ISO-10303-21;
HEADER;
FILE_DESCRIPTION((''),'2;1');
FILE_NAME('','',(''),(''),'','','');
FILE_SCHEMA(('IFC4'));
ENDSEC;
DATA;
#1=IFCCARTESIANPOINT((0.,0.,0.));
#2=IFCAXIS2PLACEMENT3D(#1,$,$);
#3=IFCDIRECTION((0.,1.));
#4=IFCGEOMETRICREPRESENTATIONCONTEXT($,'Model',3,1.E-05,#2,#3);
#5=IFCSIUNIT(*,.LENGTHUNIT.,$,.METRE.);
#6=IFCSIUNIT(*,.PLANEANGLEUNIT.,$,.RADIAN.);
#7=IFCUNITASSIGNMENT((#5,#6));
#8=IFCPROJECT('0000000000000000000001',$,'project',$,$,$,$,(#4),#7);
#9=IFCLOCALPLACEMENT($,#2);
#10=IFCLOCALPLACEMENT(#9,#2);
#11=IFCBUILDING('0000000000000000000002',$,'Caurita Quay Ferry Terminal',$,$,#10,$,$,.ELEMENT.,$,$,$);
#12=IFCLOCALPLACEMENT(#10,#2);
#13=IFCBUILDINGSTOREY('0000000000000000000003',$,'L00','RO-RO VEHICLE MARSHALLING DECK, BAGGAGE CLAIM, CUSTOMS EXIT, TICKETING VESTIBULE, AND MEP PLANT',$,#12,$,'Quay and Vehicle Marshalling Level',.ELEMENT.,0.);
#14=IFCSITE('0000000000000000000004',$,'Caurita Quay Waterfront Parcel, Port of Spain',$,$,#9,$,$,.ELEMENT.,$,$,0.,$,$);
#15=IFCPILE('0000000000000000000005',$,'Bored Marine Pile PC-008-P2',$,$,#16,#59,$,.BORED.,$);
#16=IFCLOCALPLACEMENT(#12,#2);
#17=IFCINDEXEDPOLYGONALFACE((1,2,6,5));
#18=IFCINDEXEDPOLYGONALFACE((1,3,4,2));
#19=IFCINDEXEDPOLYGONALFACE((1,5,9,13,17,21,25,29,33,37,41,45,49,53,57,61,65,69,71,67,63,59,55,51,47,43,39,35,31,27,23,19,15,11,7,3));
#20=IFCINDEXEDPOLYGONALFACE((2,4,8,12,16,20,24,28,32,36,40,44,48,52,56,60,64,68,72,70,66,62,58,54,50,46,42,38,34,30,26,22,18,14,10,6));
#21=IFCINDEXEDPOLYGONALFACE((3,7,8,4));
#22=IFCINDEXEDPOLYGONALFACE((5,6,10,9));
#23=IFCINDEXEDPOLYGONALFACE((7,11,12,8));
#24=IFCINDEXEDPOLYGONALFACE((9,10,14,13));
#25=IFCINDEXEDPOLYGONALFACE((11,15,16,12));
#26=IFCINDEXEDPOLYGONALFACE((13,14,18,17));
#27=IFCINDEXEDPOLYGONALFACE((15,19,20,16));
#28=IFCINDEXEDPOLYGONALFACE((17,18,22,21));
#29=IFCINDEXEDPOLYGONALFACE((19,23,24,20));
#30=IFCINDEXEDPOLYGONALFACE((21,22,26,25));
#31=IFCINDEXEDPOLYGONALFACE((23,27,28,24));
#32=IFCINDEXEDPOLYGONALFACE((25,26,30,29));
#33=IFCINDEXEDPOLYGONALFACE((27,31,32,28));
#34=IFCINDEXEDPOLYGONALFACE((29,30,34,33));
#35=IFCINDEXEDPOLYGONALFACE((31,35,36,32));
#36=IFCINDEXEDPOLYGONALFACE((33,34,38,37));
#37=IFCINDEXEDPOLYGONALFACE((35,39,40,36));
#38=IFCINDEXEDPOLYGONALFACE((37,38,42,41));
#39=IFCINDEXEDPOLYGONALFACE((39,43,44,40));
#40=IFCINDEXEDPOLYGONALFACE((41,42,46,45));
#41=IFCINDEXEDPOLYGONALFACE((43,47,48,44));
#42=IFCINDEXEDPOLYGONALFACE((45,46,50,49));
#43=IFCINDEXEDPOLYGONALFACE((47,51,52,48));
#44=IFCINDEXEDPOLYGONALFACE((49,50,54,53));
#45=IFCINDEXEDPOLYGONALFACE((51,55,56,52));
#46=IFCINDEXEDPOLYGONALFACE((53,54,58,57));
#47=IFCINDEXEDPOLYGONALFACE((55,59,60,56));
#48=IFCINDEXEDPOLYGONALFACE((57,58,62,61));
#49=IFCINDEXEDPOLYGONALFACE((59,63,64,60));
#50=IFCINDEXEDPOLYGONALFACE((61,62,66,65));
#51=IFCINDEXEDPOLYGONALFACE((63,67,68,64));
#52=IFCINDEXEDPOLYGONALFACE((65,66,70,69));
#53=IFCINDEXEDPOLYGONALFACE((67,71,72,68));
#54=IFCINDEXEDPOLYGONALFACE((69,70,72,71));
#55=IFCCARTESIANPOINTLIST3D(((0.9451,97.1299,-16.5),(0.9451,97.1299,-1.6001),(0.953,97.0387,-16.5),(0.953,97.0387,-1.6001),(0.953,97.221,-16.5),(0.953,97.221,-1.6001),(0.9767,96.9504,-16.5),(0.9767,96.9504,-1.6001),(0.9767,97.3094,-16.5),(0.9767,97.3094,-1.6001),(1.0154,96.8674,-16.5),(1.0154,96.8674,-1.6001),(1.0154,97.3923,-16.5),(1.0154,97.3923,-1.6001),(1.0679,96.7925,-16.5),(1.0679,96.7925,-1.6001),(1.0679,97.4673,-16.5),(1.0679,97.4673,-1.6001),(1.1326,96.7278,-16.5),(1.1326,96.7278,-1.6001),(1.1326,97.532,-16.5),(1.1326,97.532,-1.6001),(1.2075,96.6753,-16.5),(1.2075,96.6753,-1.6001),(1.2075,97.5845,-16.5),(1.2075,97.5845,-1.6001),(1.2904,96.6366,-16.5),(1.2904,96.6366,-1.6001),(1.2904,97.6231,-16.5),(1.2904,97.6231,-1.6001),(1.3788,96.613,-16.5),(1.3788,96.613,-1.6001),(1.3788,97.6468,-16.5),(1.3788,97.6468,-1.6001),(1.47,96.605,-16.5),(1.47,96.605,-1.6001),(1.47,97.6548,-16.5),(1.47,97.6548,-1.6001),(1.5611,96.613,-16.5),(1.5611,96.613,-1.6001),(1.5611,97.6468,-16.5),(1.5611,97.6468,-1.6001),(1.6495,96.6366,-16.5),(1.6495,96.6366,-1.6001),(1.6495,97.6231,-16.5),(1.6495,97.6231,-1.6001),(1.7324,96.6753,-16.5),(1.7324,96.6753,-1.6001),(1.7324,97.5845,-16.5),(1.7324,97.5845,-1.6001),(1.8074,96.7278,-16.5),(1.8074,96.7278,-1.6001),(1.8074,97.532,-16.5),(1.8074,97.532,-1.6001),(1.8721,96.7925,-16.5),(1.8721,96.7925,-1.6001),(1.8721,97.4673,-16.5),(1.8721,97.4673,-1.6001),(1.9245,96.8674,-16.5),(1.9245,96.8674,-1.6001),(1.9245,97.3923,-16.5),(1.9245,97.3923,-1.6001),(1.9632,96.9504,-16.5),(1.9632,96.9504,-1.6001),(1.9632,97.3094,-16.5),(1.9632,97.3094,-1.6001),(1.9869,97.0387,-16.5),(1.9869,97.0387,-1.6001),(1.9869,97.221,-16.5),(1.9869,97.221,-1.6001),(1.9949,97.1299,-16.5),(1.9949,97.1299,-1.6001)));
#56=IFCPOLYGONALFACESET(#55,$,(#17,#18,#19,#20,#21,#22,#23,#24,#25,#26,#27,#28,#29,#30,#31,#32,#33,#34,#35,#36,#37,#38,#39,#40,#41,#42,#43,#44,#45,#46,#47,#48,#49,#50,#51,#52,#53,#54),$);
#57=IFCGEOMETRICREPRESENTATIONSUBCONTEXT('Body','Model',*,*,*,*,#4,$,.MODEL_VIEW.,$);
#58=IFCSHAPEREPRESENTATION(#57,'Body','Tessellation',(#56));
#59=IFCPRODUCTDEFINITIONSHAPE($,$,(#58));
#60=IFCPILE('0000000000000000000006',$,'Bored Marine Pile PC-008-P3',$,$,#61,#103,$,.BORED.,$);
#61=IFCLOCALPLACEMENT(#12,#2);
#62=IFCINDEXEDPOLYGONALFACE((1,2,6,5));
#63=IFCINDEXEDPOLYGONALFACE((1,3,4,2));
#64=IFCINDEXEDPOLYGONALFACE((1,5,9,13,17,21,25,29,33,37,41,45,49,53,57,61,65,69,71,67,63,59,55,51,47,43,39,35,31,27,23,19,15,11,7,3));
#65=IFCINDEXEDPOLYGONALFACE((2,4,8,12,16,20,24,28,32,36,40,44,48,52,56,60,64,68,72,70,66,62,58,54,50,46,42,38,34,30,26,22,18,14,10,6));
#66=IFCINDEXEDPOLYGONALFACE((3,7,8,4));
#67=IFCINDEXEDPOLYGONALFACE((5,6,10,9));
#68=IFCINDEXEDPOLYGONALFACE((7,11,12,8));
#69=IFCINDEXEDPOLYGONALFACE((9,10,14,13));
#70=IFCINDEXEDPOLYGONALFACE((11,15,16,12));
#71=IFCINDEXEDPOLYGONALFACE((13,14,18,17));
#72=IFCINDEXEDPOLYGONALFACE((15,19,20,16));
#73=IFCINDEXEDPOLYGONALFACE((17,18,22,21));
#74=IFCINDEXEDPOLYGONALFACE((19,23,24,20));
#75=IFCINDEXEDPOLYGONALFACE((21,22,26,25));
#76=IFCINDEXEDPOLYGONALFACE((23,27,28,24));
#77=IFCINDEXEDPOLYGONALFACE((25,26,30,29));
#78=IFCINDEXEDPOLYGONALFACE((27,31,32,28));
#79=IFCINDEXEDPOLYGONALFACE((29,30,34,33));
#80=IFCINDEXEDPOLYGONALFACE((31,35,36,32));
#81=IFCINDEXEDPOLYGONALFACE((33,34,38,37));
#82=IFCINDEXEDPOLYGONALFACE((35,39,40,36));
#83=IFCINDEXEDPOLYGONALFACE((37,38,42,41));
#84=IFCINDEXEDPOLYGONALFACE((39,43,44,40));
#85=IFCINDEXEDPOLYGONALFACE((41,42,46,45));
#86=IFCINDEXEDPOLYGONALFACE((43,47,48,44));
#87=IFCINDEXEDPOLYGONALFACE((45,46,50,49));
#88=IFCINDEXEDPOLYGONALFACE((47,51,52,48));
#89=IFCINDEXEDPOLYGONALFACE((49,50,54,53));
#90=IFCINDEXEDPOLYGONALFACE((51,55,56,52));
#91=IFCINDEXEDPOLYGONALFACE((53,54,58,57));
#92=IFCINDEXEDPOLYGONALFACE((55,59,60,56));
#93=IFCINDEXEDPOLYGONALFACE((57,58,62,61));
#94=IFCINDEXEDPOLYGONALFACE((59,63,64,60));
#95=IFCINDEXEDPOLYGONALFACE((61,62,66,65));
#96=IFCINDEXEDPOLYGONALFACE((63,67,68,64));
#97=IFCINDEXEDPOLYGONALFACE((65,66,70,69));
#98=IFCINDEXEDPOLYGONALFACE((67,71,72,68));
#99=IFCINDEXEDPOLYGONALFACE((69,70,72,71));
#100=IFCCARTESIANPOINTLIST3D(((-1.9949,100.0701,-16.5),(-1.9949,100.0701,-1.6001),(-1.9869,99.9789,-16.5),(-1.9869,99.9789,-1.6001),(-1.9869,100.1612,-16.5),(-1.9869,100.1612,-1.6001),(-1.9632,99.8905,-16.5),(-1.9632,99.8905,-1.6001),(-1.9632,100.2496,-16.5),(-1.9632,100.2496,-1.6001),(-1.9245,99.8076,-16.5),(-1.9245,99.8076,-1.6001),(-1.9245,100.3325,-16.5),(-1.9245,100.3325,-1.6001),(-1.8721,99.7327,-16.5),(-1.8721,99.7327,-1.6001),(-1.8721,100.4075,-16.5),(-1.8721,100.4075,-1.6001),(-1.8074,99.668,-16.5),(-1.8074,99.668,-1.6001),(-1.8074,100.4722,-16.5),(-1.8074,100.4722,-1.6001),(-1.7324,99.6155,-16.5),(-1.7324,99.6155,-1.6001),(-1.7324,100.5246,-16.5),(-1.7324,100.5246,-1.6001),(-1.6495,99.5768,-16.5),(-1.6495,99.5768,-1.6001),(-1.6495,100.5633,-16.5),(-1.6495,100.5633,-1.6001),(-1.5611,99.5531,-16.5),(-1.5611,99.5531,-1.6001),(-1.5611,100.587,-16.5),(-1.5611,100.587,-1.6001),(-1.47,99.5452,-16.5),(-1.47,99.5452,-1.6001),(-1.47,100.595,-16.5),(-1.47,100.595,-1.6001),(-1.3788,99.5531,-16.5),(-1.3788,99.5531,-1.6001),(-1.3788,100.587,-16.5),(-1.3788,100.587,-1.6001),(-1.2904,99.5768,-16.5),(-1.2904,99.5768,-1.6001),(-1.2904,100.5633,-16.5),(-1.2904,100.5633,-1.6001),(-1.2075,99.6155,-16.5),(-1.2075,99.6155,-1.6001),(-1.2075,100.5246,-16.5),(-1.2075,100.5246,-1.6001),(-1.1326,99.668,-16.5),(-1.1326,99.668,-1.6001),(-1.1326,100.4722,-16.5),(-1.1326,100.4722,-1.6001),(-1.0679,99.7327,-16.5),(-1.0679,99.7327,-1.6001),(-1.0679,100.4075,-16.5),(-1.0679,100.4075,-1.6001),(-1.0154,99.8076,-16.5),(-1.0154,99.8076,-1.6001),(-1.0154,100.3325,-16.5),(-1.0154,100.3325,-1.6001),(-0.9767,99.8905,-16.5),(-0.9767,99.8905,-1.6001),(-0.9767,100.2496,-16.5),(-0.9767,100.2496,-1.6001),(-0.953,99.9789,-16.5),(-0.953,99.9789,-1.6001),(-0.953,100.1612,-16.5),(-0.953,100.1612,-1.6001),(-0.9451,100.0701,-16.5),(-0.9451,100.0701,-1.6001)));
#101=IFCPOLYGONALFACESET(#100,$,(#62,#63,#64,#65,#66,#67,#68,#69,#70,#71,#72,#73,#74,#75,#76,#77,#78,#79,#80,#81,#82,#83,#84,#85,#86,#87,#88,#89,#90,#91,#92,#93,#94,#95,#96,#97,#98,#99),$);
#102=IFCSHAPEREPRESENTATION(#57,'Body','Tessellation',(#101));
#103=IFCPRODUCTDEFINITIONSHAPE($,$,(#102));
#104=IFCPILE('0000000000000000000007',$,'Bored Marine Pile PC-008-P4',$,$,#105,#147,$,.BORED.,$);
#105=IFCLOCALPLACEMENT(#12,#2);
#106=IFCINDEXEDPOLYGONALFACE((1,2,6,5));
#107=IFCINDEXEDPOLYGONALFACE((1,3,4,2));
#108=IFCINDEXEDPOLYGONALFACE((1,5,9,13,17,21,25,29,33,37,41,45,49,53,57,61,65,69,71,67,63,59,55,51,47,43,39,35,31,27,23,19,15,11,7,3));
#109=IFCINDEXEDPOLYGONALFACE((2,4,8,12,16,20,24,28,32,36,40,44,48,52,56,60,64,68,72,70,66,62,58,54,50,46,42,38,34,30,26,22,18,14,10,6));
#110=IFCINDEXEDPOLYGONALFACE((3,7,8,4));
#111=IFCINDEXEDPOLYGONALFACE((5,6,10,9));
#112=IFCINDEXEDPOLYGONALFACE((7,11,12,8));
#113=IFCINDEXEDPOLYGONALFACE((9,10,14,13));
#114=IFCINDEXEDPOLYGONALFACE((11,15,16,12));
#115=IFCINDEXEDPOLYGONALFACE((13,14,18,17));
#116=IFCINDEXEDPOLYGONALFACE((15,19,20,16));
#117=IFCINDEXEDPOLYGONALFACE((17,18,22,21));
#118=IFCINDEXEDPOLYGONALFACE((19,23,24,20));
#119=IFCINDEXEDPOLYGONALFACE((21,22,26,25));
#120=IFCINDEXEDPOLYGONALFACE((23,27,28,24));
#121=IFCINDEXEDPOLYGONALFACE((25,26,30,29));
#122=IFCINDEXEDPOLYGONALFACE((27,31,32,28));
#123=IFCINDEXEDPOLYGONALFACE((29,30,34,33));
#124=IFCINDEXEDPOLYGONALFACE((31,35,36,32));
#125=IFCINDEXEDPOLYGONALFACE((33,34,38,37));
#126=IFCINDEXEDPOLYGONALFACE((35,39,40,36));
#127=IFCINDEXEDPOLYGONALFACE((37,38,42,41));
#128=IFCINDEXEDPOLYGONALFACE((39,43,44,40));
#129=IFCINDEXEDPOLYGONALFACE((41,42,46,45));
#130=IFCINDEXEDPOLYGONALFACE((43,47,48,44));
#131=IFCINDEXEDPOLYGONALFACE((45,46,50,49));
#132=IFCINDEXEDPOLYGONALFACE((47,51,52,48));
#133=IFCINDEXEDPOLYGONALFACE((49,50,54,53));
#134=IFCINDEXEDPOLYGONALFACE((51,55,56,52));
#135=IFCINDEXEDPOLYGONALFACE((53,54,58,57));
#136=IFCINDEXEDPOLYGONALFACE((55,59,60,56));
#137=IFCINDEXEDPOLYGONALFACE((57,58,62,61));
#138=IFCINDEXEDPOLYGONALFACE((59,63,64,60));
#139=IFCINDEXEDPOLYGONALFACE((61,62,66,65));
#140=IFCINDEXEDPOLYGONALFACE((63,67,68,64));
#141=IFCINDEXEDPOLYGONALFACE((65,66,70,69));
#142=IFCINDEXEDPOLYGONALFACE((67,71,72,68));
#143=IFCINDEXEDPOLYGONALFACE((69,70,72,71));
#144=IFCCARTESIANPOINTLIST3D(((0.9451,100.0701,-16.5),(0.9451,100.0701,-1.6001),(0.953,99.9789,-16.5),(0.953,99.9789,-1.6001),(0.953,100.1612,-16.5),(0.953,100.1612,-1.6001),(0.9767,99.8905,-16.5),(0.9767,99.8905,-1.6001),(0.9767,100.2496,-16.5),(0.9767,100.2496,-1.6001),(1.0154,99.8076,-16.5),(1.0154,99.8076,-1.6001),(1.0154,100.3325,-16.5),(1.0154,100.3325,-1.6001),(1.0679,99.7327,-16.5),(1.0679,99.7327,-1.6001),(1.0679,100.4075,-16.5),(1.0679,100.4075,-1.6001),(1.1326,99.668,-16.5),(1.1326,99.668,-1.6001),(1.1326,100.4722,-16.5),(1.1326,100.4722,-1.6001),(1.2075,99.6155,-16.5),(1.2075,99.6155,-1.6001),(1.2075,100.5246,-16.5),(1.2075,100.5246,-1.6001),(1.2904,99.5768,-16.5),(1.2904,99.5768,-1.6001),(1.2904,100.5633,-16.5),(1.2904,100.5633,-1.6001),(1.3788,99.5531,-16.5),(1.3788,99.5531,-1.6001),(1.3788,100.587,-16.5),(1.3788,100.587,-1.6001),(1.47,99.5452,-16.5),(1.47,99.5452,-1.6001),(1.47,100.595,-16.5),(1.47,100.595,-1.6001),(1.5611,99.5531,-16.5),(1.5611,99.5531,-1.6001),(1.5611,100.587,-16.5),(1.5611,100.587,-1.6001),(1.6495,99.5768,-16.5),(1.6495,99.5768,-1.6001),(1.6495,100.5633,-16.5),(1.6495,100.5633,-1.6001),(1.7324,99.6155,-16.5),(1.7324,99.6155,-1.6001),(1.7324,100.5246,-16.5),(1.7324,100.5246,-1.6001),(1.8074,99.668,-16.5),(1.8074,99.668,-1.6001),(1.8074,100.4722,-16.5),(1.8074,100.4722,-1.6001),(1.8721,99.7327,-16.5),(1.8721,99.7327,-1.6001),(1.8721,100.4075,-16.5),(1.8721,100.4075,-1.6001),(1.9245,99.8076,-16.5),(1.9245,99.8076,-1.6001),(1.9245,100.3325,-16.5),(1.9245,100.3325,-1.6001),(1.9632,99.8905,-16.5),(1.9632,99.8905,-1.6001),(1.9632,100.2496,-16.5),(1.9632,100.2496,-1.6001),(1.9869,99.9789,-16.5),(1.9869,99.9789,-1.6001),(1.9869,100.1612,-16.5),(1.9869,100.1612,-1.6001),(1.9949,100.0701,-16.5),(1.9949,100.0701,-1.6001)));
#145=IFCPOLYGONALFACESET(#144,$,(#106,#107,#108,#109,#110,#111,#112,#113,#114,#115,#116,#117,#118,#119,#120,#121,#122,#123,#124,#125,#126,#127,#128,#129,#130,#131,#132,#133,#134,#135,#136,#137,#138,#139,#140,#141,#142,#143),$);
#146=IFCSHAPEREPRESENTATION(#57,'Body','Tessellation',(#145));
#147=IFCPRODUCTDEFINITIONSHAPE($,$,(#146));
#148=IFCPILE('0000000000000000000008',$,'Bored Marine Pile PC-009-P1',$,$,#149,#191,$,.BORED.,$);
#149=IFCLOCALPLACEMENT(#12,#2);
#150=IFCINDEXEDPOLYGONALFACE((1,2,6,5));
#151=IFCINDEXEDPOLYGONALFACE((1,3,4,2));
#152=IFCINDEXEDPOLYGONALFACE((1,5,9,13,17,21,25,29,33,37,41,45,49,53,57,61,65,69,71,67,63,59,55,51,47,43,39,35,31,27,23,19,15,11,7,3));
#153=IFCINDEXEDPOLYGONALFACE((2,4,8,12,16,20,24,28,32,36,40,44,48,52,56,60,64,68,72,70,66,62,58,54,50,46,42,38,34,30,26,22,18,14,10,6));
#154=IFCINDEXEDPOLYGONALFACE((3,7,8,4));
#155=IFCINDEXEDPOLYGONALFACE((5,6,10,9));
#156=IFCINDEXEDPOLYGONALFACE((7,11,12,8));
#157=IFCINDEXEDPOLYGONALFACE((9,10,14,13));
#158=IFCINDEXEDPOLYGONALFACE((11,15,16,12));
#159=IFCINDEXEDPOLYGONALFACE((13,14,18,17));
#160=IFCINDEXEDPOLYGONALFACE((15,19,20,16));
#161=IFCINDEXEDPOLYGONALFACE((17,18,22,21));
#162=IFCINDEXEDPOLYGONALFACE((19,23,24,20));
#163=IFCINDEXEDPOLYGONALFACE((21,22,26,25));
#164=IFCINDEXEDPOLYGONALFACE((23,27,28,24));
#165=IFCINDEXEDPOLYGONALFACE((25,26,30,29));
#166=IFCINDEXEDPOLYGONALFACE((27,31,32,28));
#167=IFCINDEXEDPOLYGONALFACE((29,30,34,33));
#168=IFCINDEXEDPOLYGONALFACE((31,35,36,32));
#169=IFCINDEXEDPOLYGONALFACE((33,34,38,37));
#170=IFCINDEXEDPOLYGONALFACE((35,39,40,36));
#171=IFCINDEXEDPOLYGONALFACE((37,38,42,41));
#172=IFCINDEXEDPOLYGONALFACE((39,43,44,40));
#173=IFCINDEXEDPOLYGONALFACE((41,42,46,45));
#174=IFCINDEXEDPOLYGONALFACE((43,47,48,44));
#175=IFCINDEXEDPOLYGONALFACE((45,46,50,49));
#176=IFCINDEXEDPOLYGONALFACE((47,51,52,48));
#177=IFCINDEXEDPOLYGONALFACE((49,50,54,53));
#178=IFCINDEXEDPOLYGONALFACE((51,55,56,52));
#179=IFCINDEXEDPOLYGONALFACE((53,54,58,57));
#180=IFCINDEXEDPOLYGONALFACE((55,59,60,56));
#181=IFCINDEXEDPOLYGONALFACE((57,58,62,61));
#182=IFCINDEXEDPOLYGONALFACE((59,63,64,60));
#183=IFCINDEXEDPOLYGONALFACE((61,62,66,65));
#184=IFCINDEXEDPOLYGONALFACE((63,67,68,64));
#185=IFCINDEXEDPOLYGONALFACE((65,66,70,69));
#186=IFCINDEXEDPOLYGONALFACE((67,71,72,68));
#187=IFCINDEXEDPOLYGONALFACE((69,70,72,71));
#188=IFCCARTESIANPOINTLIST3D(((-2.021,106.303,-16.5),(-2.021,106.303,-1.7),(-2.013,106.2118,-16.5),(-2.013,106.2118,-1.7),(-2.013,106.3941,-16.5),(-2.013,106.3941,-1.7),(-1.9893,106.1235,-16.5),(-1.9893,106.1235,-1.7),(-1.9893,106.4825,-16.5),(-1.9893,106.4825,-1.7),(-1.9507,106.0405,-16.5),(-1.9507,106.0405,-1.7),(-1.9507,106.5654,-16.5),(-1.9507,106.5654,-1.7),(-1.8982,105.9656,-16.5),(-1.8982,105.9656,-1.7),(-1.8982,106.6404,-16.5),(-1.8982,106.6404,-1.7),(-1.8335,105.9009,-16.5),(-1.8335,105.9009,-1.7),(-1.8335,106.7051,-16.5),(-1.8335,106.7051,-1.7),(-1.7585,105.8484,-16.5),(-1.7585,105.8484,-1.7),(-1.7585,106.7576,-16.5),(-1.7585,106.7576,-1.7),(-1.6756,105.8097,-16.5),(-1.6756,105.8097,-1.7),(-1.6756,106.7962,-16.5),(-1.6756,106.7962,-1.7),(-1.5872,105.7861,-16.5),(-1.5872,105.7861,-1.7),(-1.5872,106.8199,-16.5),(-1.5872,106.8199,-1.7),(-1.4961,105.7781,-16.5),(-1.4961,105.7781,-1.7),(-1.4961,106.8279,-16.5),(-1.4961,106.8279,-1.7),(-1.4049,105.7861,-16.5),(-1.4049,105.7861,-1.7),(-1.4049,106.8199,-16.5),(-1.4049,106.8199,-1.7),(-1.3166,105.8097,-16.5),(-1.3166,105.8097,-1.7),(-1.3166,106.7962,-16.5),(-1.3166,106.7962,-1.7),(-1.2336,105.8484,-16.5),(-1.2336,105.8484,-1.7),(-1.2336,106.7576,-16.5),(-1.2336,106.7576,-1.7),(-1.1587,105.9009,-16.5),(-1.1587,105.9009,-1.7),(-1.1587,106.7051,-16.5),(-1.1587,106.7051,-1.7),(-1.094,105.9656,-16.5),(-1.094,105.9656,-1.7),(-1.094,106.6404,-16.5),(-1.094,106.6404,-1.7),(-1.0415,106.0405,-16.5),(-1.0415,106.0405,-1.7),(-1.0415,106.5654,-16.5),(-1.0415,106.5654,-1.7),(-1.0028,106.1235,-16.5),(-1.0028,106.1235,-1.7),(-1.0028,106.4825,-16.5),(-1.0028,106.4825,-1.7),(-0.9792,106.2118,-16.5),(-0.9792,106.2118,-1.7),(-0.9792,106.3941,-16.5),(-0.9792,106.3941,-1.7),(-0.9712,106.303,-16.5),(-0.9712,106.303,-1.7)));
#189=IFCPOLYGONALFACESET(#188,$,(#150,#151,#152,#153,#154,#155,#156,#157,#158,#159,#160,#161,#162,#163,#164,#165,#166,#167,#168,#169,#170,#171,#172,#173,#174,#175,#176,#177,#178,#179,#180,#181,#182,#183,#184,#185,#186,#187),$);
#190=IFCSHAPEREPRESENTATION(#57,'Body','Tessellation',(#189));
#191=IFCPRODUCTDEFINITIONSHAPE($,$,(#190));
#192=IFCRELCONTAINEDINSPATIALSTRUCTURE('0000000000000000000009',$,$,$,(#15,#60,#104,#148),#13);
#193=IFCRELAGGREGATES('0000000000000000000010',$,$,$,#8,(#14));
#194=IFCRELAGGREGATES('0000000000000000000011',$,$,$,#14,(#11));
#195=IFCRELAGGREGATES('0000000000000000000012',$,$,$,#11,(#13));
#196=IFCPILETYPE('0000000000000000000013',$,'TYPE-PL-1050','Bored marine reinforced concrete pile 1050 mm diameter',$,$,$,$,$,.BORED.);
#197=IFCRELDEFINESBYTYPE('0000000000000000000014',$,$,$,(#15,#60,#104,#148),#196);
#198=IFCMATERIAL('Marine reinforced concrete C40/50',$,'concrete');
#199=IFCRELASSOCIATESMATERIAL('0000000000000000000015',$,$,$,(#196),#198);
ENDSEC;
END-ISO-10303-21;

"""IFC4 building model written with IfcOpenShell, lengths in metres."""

from ifc_helpers import new_model, si_unit, direction, frame, origin, origin_2d, place, context, subcontext, project, spatial, circle, extrude, material, material_profile, profile_set, type_object, element, save


model = new_model("IFC4")

# Units and contexts
model_context = context("Model", 3, precision=1e-05, world=origin(), true_north=direction((0.0, 1.0)))
body_context = subcontext(model_context, "Body", "Model", "MODEL_VIEW")
ifc_project = project(units=[si_unit("LENGTHUNIT", "METRE"), si_unit("PLANEANGLEUNIT", "RADIAN")], contexts=[model_context])

# Site, building, storey
site_placement = place(None, origin())
site = spatial("IfcSite", under=ifc_project, at=site_placement, Name="Caurita Quay Waterfront Parcel, Port of Spain", CompositionType="ELEMENT", RefElevation=0.0)
building_placement = place(site_placement, origin())
building = spatial("IfcBuilding", under=site, at=building_placement, Name="Caurita Quay Ferry Terminal", CompositionType="ELEMENT")
storey_placement = place(building_placement, origin())
storey = spatial("IfcBuildingStorey", under=building, at=storey_placement, Name="L00", Description="RO-RO VEHICLE MARSHALLING DECK, BAGGAGE CLAIM, CUSTOMS EXIT, TICKETING VESTIBULE, AND MEP PLANT", LongName="Quay and Vehicle Marshalling Level", CompositionType="ELEMENT", Elevation=0.0)

# Piles
ifc_material_1 = material(Name="Marine reinforced concrete C40/50", Category="concrete")
ifc_material_profile_1 = material_profile(ifc_material_1, circle(Radius=0.5249, at=origin_2d()), Name="PILE-D1050")
ifc_profile_set_1 = profile_set([ifc_material_profile_1], Name="Marine reinforced concrete C40/50")
pile_type = type_object("IfcPileType", Name="TYPE-PL-1050", Description="Bored marine reinforced concrete pile 1050 mm diameter", PredefinedType="BORED", material=ifc_profile_set_1)
for number, where, z_axis, x_axis, name in (
    (1, (1.47, 97.1299, -1.6001), (0.0, 0.0, -1.0), (1.0, 0.0, 0.0), "Bored Marine Pile PC-008-P2"),
    (2, (-1.47, 100.0701, -1.6001), (0.0, 0.0, -1.0), (1.0, 0.0, 0.0), "Bored Marine Pile PC-008-P3"),
    (3, (1.47, 100.0701, -1.6001), (0.0, 0.0, -1.0), (1.0, 0.0, 0.0), "Bored Marine Pile PC-008-P4"),
):
    element("IfcPile", number, at=place(storey_placement, frame(where, z_axis=z_axis, x_axis=x_axis)), inside=storey, type_object=pile_type, Name=name, PredefinedType="BORED", context=body_context, shape_type="SweptSolid", body=[
        extrude(circle(Radius=0.5249, at=origin_2d()), origin(), (0.0, 0.0, 1.0), 14.8999),
    ])
for number, where, z_axis, x_axis, name in (
    (4, (-1.4961, 106.303, -1.7), (0.0, 0.0, -1.0), (1.0, 0.0, 0.0), "Bored Marine Pile PC-009-P1"),
):
    element("IfcPile", number, at=place(storey_placement, frame(where, z_axis=z_axis, x_axis=x_axis)), inside=storey, type_object=pile_type, Name=name, PredefinedType="BORED", context=body_context, shape_type="SweptSolid", body=[
        extrude(circle(Radius=0.5249, at=origin_2d()), origin(), (0.0, 0.0, 1.0), 14.8),
    ])

save(model, "model.ifc")
